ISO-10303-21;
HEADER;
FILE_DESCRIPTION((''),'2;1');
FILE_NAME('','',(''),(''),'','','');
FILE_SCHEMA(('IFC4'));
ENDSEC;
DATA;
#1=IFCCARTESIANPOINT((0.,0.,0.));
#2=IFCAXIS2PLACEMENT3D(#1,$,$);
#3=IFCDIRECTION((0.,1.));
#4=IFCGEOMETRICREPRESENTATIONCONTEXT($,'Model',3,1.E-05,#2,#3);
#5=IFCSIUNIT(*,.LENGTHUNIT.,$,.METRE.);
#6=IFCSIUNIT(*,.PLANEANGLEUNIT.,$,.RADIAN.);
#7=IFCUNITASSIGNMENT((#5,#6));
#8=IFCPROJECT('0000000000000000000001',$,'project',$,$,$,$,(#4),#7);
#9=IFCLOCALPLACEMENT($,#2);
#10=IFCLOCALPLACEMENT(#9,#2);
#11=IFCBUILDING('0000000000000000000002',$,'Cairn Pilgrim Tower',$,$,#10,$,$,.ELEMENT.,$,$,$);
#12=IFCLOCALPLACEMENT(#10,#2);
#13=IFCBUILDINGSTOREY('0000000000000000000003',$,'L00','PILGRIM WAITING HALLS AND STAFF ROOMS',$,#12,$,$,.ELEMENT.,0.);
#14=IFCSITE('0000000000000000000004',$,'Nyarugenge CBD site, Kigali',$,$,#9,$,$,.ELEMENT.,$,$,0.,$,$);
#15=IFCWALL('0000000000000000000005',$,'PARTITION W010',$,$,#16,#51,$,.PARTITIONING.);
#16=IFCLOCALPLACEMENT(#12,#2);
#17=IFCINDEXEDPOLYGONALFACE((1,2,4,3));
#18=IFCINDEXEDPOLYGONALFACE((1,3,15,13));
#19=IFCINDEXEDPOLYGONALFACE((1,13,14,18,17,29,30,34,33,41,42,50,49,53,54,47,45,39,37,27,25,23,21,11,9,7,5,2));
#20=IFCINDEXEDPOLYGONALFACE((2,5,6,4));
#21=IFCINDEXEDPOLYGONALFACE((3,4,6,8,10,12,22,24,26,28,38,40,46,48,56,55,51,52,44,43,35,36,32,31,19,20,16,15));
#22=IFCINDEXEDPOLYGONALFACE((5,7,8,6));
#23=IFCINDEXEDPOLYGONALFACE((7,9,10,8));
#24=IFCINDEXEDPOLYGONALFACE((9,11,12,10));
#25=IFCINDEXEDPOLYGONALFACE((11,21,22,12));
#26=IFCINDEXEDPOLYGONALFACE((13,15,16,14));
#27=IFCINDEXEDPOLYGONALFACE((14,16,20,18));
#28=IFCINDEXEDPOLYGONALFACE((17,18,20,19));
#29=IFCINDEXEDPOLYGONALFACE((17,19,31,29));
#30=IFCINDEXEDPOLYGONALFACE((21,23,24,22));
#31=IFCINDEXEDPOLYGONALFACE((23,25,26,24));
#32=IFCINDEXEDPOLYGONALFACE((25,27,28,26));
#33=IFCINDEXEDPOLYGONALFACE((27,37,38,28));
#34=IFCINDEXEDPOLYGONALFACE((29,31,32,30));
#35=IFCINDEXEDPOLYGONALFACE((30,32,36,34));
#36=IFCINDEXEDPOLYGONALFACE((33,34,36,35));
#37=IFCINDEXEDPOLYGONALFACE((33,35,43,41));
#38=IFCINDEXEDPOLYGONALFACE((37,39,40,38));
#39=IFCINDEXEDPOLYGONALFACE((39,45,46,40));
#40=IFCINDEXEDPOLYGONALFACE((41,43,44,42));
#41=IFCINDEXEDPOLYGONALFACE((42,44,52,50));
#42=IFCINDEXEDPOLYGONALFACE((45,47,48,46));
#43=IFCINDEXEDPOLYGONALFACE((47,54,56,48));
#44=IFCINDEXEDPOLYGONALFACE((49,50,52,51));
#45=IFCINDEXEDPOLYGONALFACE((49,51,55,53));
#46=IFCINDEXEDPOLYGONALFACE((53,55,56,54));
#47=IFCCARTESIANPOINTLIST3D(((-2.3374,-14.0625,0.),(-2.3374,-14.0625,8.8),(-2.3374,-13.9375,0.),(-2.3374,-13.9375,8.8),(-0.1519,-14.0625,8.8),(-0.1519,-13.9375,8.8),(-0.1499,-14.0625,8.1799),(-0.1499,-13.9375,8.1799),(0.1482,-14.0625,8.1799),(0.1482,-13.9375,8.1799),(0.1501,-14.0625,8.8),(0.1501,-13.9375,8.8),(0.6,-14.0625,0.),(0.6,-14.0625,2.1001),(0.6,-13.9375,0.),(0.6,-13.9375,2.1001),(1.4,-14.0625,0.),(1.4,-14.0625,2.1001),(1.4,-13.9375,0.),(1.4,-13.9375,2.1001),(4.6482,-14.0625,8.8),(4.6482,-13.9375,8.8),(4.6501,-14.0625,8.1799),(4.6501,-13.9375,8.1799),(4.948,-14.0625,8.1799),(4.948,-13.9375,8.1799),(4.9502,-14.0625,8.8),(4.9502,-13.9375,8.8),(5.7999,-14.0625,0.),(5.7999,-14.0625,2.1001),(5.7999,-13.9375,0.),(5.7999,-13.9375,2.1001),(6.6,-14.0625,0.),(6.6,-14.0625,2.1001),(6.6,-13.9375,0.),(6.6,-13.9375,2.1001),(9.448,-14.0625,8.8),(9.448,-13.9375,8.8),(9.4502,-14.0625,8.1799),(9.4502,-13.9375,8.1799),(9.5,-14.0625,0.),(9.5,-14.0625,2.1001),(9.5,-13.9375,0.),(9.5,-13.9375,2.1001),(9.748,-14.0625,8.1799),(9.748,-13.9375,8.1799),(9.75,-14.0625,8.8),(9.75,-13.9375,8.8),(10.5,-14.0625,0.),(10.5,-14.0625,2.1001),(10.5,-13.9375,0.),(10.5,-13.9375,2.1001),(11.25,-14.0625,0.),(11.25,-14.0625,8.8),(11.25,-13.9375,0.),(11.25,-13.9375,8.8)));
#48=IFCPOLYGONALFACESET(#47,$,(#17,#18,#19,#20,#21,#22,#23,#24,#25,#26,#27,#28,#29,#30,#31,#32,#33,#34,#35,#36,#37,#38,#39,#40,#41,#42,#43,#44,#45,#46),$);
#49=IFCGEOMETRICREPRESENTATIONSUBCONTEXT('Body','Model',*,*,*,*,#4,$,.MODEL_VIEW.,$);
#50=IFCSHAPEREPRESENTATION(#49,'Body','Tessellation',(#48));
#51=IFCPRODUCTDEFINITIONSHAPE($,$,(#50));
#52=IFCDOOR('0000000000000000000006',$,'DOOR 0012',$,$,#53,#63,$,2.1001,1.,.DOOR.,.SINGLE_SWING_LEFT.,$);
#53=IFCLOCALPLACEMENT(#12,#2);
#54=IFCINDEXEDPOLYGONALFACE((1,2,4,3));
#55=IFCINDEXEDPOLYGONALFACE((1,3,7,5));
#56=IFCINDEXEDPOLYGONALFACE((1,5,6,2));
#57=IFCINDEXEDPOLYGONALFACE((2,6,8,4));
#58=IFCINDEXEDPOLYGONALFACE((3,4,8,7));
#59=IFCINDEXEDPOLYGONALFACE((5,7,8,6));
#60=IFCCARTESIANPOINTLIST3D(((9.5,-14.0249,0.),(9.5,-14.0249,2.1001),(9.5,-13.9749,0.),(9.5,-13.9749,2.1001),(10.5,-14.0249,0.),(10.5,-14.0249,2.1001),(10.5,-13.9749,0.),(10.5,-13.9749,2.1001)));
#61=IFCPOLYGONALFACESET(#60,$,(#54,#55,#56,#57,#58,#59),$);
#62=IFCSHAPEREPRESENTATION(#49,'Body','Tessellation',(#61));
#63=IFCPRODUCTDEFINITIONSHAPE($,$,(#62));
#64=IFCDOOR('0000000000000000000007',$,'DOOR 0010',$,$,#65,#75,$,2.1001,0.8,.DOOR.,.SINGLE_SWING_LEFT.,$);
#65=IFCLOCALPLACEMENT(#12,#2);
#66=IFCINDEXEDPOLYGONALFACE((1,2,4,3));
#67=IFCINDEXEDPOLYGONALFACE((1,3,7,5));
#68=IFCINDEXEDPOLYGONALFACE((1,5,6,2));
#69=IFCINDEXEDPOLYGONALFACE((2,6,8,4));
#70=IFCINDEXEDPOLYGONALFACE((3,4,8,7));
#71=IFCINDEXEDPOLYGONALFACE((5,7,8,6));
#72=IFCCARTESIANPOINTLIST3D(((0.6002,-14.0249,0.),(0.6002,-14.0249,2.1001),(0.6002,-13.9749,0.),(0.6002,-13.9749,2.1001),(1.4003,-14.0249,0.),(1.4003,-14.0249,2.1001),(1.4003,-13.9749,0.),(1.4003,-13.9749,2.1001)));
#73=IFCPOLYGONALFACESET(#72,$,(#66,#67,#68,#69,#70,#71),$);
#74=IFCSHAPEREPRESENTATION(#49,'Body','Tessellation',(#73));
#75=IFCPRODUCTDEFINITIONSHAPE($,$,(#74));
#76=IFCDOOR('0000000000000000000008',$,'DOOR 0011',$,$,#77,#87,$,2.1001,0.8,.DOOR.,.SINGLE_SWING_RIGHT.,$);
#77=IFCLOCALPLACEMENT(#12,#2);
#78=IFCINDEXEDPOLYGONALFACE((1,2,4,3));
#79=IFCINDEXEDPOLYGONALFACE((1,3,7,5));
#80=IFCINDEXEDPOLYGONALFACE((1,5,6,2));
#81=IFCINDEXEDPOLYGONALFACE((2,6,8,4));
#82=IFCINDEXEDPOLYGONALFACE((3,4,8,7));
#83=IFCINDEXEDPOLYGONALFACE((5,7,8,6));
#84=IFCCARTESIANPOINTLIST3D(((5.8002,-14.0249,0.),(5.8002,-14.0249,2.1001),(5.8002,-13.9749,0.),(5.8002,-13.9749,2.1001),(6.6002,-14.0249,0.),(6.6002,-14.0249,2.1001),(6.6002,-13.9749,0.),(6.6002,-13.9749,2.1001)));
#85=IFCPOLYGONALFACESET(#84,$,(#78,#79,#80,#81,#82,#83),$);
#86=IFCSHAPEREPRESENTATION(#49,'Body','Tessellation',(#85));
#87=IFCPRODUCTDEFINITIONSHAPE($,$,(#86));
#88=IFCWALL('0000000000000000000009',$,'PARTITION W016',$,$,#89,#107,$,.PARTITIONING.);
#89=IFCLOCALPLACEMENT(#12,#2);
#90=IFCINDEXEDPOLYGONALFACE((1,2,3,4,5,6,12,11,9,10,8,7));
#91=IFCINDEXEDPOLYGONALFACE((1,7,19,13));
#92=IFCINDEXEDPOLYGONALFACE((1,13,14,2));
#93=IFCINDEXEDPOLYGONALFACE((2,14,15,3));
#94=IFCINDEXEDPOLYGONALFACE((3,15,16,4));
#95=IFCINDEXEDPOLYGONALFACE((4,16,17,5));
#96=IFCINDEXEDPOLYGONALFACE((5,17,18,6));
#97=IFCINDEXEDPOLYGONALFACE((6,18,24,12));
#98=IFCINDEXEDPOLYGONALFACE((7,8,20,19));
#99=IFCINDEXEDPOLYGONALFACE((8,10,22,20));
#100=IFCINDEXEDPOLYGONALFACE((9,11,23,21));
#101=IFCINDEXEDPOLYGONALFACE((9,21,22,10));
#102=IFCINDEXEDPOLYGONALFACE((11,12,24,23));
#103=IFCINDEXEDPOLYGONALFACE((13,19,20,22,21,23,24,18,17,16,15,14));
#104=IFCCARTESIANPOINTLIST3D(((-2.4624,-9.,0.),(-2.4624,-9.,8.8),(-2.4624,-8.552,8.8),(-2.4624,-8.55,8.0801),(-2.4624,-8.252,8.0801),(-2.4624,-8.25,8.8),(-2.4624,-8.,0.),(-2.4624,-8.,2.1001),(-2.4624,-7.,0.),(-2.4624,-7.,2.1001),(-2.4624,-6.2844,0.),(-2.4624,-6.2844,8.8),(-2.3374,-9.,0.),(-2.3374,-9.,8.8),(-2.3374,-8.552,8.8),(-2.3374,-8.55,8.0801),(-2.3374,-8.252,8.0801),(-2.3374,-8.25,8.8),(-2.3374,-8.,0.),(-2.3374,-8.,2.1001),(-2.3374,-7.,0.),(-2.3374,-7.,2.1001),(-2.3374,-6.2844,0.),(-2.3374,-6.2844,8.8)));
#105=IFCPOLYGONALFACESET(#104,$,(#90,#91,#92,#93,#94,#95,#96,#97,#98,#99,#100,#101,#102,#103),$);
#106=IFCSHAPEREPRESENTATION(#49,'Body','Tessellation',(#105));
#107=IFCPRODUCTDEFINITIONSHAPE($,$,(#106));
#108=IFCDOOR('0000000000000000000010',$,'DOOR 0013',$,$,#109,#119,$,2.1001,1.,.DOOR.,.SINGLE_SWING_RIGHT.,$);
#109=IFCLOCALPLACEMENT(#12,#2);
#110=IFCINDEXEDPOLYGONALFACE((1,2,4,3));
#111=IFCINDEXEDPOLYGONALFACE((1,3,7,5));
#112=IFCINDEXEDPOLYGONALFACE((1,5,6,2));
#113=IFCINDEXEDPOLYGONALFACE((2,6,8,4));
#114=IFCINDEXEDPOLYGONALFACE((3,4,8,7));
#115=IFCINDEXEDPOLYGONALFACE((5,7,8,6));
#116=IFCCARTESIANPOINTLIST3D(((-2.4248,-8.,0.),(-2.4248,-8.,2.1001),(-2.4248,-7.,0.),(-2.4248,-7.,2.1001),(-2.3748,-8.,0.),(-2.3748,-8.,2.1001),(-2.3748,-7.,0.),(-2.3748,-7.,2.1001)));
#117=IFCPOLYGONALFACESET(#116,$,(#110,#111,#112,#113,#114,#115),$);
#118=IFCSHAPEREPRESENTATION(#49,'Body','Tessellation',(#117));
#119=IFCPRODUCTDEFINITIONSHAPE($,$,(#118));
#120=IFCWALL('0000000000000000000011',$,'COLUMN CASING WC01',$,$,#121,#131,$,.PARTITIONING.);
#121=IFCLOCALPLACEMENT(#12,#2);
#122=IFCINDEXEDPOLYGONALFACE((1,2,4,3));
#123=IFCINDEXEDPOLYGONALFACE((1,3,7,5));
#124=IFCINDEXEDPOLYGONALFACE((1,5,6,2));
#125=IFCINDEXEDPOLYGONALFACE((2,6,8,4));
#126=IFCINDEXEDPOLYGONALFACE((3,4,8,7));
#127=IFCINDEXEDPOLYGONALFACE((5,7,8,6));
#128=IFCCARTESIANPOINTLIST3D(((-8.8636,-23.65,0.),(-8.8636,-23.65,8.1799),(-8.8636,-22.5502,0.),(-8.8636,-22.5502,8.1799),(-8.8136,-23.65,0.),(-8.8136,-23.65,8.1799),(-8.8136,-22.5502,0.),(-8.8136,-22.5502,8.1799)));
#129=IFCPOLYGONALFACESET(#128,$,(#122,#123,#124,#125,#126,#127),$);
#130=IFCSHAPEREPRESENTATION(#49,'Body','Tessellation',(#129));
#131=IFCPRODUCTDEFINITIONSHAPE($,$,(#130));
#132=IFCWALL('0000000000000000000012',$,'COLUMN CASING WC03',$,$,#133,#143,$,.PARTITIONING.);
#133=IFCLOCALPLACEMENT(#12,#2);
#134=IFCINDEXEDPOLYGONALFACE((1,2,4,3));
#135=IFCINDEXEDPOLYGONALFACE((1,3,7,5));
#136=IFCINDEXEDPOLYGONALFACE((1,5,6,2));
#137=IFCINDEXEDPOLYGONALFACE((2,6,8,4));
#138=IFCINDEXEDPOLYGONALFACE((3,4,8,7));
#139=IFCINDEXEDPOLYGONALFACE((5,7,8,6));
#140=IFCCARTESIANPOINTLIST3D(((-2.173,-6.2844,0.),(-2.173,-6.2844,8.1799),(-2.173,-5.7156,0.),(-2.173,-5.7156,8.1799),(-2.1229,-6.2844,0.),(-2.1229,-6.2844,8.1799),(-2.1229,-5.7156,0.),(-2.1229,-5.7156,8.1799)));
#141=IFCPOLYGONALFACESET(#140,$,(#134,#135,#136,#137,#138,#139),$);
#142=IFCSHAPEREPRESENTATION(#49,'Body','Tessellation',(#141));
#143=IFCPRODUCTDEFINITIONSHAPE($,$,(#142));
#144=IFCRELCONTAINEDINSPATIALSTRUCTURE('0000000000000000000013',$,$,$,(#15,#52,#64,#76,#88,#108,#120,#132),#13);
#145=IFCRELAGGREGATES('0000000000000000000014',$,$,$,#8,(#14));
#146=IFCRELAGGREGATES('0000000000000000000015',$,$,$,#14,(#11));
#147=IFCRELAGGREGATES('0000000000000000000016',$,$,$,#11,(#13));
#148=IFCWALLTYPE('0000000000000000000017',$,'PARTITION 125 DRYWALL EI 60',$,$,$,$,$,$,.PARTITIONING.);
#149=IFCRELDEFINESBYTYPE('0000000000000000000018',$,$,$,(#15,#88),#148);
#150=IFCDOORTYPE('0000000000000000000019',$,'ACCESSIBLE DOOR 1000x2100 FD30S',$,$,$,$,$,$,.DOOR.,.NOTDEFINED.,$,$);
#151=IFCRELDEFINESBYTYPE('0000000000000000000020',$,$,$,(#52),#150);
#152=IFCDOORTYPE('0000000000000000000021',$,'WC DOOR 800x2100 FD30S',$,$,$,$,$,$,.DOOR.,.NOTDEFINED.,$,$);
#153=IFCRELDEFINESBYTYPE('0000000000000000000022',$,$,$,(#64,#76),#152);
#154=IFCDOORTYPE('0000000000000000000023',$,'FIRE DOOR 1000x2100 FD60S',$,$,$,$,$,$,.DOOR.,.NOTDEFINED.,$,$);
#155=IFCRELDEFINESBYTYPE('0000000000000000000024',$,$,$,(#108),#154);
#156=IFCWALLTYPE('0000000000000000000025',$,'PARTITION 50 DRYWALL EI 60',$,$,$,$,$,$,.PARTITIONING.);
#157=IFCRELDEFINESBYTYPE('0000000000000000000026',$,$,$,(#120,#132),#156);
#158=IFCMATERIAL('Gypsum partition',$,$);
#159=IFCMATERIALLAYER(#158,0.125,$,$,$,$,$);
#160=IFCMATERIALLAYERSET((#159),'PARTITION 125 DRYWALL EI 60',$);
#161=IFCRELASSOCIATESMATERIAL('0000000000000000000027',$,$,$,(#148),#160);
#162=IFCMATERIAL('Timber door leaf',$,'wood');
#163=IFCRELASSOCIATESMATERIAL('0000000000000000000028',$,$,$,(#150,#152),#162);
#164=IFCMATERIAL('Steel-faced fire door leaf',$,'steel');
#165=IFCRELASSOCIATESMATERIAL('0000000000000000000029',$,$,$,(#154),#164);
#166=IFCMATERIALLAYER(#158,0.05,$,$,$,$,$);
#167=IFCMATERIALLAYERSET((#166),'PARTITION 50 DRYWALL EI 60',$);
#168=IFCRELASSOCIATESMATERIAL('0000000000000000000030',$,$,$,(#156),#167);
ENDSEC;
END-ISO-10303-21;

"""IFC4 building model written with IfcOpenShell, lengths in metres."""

from ifc_helpers import new_model, si_unit, direction, frame, frame_2d, origin, place, context, subcontext, project, spatial, polyline, rectangle, outline, extrude, material, layer, layer_set, type_object, element, fill, save


model = new_model("IFC4")

# Units and contexts
model_context = context("Model", 3, precision=1e-05, world=origin(), true_north=direction((0.0, 1.0)))
body_context = subcontext(model_context, "Body", "Model", "MODEL_VIEW")
ifc_project = project(units=[si_unit("LENGTHUNIT", "METRE"), si_unit("PLANEANGLEUNIT", "RADIAN")], contexts=[model_context])

# Site, building, storey
site_placement = place(None, origin())
site = spatial("IfcSite", under=ifc_project, at=site_placement, Name="Nyarugenge CBD site, Kigali", CompositionType="ELEMENT", RefElevation=0.0)
building_placement = place(site_placement, origin())
building = spatial("IfcBuilding", under=site, at=building_placement, Name="Cairn Pilgrim Tower", CompositionType="ELEMENT")
storey_placement = place(building_placement, origin())
storey = spatial("IfcBuildingStorey", under=building, at=storey_placement, Name="L00", Description="PILGRIM WAITING HALLS AND STAFF ROOMS", CompositionType="ELEMENT", Elevation=0.0)

# Shared definitions
ifc_material_1 = material(Name="Gypsum partition")
ifc_layer_1 = layer(ifc_material_1, 0.125)
ifc_layer_set_1 = layer_set([ifc_layer_1], Name="PARTITION 125 DRYWALL EI 60")
wall_type_1 = type_object("IfcWallType", Name="PARTITION 125 DRYWALL EI 60", PredefinedType="PARTITIONING", material=ifc_layer_set_1)

# Wall, openings, doors
wall_1_placement = place(storey_placement, frame((-2.3374, -14.0, 0.0), z_axis=(0.0, 0.0, 1.0), x_axis=(1.0, 0.0, 0.0)))
wall_1 = element("IfcWall", 1, at=wall_1_placement, inside=storey, type_object=wall_type_1, Name="PARTITION W010", PredefinedType="PARTITIONING", context=body_context, shape_type="SweptSolid", body=[
    extrude(outline(polyline([(0.0, 0.0), (13.5874, 0.0), (13.5874, 8.8), (12.0874, 8.8), (12.0854, 8.1799), (11.7876, 8.1799), (11.7854, 8.8), (7.2876, 8.8), (7.2854, 8.1799), (6.9875, 8.1799), (6.9856, 8.8), (2.4875, 8.8), (2.4856, 8.1799), (2.1875, 8.1799), (2.1855, 8.8), (0.0, 8.8), (0.0, 0.0)])), frame((0.0, 0.0625, 0.0), z_axis=(0.0, -1.0, 0.0), x_axis=(1.0, 0.0, 0.0)), (0.0, 0.0, 1.0), 0.125),
])
opening_1_placement = place(wall_1_placement, frame((2.9375, 0.0, 0.0)))
opening_1 = element("IfcOpeningElement", 2, at=opening_1_placement, cuts=wall_1, PredefinedType="OPENING", context=body_context, shape_type="SweptSolid", body=[
    extrude(rectangle(XDim=0.8, YDim=2.1001, at=frame_2d((0.3999, 1.05))), frame((0.0, 0.0725, 0.0), z_axis=(0.0, -1.0, 0.0), x_axis=(1.0, 0.0, 0.0)), (0.0, 0.0, 1.0), 0.145),
])
opening_2_placement = place(wall_1_placement, frame((8.1375, 0.0, 0.0)))
opening_2 = element("IfcOpeningElement", 3, at=opening_2_placement, cuts=wall_1, PredefinedType="OPENING", context=body_context, shape_type="SweptSolid", body=[
    extrude(rectangle(XDim=0.8, YDim=2.1001, at=frame_2d((0.3999, 1.05))), frame((0.0, 0.0725, 0.0), z_axis=(0.0, -1.0, 0.0), x_axis=(1.0, 0.0, 0.0)), (0.0, 0.0, 1.0), 0.145),
])
opening_3_placement = place(wall_1_placement, frame((11.8374, 0.0, 0.0)))
opening_3 = element("IfcOpeningElement", 4, at=opening_3_placement, cuts=wall_1, PredefinedType="OPENING", context=body_context, shape_type="SweptSolid", body=[
    extrude(rectangle(XDim=1.0, YDim=2.1001, at=frame_2d((0.5, 1.05))), frame((0.0, 0.0725, 0.0), z_axis=(0.0, -1.0, 0.0), x_axis=(1.0, 0.0, 0.0)), (0.0, 0.0, 1.0), 0.145),
])
ifc_material_2 = material(Name="Timber door leaf", Category="wood")
door_type_1 = type_object("IfcDoorType", Name="ACCESSIBLE DOOR 1000x2100 FD30S", OperationType="NOTDEFINED", PredefinedType="DOOR", material=ifc_material_2)
door_1_placement = place(opening_3_placement, frame((1.0, 0.0, 0.0), z_axis=(0.0, 0.0, 1.0), x_axis=(-1.0, 0.0, 0.0)))
door_1 = element("IfcDoor", 5, at=door_1_placement, inside=storey, type_object=door_type_1, Name="DOOR 0012", OperationType="SINGLE_SWING_LEFT", OverallHeight=2.1001, OverallWidth=1.0, PredefinedType="DOOR", context=body_context, shape_type="SweptSolid", body=[
    extrude(rectangle(XDim=1.0, YDim=2.1001, at=frame_2d((0.5, 1.05))), frame((0.0, 0.0249, 0.0), z_axis=(0.0, -1.0, 0.0), x_axis=(1.0, 0.0, 0.0)), (0.0, 0.0, 1.0), 0.05),
])
fill(opening_3, door_1)
door_type_2 = type_object("IfcDoorType", Name="WC DOOR 800x2100 FD30S", OperationType="NOTDEFINED", PredefinedType="DOOR", material=ifc_material_2)
door_2_placement = place(opening_1_placement, frame((0.8, 0.0, 0.0), z_axis=(0.0, 0.0, 1.0), x_axis=(-1.0, 0.0, 0.0)))
door_2 = element("IfcDoor", 6, at=door_2_placement, inside=storey, type_object=door_type_2, Name="DOOR 0010", OperationType="SINGLE_SWING_LEFT", OverallHeight=2.1001, OverallWidth=0.8, PredefinedType="DOOR", context=body_context, shape_type="SweptSolid", body=[
    extrude(rectangle(XDim=0.8, YDim=2.1001, at=frame_2d((0.3999, 1.05))), frame((0.0, 0.0249, 0.0), z_axis=(0.0, -1.0, 0.0), x_axis=(1.0, 0.0, 0.0)), (0.0, 0.0, 1.0), 0.05),
])
fill(opening_1, door_2)
door_3_placement = place(opening_2_placement, frame((0.8, 0.0, 0.0), z_axis=(0.0, 0.0, 1.0), x_axis=(-1.0, 0.0, 0.0)))
door_3 = element("IfcDoor", 7, at=door_3_placement, inside=storey, type_object=door_type_2, Name="DOOR 0011", OperationType="SINGLE_SWING_RIGHT", OverallHeight=2.1001, OverallWidth=0.8, PredefinedType="DOOR", context=body_context, shape_type="SweptSolid", body=[
    extrude(rectangle(XDim=0.8, YDim=2.1001, at=frame_2d((0.3999, 1.05))), frame((0.0, 0.0249, 0.0), z_axis=(0.0, -1.0, 0.0), x_axis=(1.0, 0.0, 0.0)), (0.0, 0.0, 1.0), 0.05),
])
fill(opening_2, door_3)

# Wall, opening, door
wall_2_placement = place(storey_placement, frame((-2.3999, -9.0, 0.0), z_axis=(0.0, 0.0, 1.0), x_axis=(0.0, 1.0, 0.0)))
wall_2 = element("IfcWall", 8, at=wall_2_placement, inside=storey, type_object=wall_type_1, Name="PARTITION W016", PredefinedType="PARTITIONING", context=body_context, shape_type="SweptSolid", body=[
    extrude(outline(polyline([(0.0, 0.0), (2.7156, 0.0), (2.7156, 8.8), (0.75, 8.8), (0.748, 8.0801), (0.45, 8.0801), (0.448, 8.8), (0.0, 8.8), (0.0, 0.0)])), frame((0.0, 0.0625, 0.0), z_axis=(0.0, -1.0, 0.0), x_axis=(1.0, 0.0, 0.0)), (0.0, 0.0, 1.0), 0.125),
])
opening_4_placement = place(wall_2_placement, frame((1.0, 0.0, 0.0)))
opening_4 = element("IfcOpeningElement", 9, at=opening_4_placement, cuts=wall_2, PredefinedType="OPENING", context=body_context, shape_type="SweptSolid", body=[
    extrude(rectangle(XDim=1.0, YDim=2.1001, at=frame_2d((0.5, 1.05))), frame((0.0, 0.0725, 0.0), z_axis=(0.0, -1.0, 0.0), x_axis=(1.0, 0.0, 0.0)), (0.0, 0.0, 1.0), 0.145),
])
ifc_material_3 = material(Name="Steel-faced fire door leaf", Category="steel")
door_type_3 = type_object("IfcDoorType", Name="FIRE DOOR 1000x2100 FD60S", OperationType="NOTDEFINED", PredefinedType="DOOR", material=ifc_material_3)
door_4_placement = place(opening_4_placement, origin())
door_4 = element("IfcDoor", 10, at=door_4_placement, inside=storey, type_object=door_type_3, Name="DOOR 0013", OperationType="SINGLE_SWING_RIGHT", OverallHeight=2.1001, OverallWidth=1.0, PredefinedType="DOOR", context=body_context, shape_type="SweptSolid", body=[
    extrude(rectangle(XDim=1.0, YDim=2.1001, at=frame_2d((0.5, 1.05))), frame((0.0, 0.0249, 0.0), z_axis=(0.0, -1.0, 0.0), x_axis=(1.0, 0.0, 0.0)), (0.0, 0.0, 1.0), 0.05),
])
fill(opening_4, door_4)

# Walls
ifc_layer_2 = layer(ifc_material_1, 0.05)
ifc_layer_set_2 = layer_set([ifc_layer_2], Name="PARTITION 50 DRYWALL EI 60")
wall_type_2 = type_object("IfcWallType", Name="PARTITION 50 DRYWALL EI 60", PredefinedType="PARTITIONING", material=ifc_layer_set_2)
wall_3_placement = place(storey_placement, frame((-8.8386, -23.6499, 0.0), z_axis=(0.0, 0.0, 1.0), x_axis=(0.0, 1.0, 0.0)))
element("IfcWall", 11, at=wall_3_placement, inside=storey, type_object=wall_type_2, Name="COLUMN CASING WC01", PredefinedType="PARTITIONING", context=body_context, shape_type="SweptSolid", body=[
    extrude(rectangle(XDim=1.0999, YDim=0.05, at=frame_2d((0.5498, 0.0))), origin(), (0.0, 0.0, 1.0), 8.1799),
])
wall_4_placement = place(storey_placement, frame((-2.1479, -6.2844, 0.0), z_axis=(0.0, 0.0, 1.0), x_axis=(0.0, 1.0, 0.0)))
element("IfcWall", 12, at=wall_4_placement, inside=storey, type_object=wall_type_2, Name="COLUMN CASING WC03", PredefinedType="PARTITIONING", context=body_context, shape_type="SweptSolid", body=[
    extrude(rectangle(XDim=0.5688, YDim=0.05, at=frame_2d((0.2844, 0.0))), origin(), (0.0, 0.0, 1.0), 8.1799),
])

save(model, "model.ifc")
